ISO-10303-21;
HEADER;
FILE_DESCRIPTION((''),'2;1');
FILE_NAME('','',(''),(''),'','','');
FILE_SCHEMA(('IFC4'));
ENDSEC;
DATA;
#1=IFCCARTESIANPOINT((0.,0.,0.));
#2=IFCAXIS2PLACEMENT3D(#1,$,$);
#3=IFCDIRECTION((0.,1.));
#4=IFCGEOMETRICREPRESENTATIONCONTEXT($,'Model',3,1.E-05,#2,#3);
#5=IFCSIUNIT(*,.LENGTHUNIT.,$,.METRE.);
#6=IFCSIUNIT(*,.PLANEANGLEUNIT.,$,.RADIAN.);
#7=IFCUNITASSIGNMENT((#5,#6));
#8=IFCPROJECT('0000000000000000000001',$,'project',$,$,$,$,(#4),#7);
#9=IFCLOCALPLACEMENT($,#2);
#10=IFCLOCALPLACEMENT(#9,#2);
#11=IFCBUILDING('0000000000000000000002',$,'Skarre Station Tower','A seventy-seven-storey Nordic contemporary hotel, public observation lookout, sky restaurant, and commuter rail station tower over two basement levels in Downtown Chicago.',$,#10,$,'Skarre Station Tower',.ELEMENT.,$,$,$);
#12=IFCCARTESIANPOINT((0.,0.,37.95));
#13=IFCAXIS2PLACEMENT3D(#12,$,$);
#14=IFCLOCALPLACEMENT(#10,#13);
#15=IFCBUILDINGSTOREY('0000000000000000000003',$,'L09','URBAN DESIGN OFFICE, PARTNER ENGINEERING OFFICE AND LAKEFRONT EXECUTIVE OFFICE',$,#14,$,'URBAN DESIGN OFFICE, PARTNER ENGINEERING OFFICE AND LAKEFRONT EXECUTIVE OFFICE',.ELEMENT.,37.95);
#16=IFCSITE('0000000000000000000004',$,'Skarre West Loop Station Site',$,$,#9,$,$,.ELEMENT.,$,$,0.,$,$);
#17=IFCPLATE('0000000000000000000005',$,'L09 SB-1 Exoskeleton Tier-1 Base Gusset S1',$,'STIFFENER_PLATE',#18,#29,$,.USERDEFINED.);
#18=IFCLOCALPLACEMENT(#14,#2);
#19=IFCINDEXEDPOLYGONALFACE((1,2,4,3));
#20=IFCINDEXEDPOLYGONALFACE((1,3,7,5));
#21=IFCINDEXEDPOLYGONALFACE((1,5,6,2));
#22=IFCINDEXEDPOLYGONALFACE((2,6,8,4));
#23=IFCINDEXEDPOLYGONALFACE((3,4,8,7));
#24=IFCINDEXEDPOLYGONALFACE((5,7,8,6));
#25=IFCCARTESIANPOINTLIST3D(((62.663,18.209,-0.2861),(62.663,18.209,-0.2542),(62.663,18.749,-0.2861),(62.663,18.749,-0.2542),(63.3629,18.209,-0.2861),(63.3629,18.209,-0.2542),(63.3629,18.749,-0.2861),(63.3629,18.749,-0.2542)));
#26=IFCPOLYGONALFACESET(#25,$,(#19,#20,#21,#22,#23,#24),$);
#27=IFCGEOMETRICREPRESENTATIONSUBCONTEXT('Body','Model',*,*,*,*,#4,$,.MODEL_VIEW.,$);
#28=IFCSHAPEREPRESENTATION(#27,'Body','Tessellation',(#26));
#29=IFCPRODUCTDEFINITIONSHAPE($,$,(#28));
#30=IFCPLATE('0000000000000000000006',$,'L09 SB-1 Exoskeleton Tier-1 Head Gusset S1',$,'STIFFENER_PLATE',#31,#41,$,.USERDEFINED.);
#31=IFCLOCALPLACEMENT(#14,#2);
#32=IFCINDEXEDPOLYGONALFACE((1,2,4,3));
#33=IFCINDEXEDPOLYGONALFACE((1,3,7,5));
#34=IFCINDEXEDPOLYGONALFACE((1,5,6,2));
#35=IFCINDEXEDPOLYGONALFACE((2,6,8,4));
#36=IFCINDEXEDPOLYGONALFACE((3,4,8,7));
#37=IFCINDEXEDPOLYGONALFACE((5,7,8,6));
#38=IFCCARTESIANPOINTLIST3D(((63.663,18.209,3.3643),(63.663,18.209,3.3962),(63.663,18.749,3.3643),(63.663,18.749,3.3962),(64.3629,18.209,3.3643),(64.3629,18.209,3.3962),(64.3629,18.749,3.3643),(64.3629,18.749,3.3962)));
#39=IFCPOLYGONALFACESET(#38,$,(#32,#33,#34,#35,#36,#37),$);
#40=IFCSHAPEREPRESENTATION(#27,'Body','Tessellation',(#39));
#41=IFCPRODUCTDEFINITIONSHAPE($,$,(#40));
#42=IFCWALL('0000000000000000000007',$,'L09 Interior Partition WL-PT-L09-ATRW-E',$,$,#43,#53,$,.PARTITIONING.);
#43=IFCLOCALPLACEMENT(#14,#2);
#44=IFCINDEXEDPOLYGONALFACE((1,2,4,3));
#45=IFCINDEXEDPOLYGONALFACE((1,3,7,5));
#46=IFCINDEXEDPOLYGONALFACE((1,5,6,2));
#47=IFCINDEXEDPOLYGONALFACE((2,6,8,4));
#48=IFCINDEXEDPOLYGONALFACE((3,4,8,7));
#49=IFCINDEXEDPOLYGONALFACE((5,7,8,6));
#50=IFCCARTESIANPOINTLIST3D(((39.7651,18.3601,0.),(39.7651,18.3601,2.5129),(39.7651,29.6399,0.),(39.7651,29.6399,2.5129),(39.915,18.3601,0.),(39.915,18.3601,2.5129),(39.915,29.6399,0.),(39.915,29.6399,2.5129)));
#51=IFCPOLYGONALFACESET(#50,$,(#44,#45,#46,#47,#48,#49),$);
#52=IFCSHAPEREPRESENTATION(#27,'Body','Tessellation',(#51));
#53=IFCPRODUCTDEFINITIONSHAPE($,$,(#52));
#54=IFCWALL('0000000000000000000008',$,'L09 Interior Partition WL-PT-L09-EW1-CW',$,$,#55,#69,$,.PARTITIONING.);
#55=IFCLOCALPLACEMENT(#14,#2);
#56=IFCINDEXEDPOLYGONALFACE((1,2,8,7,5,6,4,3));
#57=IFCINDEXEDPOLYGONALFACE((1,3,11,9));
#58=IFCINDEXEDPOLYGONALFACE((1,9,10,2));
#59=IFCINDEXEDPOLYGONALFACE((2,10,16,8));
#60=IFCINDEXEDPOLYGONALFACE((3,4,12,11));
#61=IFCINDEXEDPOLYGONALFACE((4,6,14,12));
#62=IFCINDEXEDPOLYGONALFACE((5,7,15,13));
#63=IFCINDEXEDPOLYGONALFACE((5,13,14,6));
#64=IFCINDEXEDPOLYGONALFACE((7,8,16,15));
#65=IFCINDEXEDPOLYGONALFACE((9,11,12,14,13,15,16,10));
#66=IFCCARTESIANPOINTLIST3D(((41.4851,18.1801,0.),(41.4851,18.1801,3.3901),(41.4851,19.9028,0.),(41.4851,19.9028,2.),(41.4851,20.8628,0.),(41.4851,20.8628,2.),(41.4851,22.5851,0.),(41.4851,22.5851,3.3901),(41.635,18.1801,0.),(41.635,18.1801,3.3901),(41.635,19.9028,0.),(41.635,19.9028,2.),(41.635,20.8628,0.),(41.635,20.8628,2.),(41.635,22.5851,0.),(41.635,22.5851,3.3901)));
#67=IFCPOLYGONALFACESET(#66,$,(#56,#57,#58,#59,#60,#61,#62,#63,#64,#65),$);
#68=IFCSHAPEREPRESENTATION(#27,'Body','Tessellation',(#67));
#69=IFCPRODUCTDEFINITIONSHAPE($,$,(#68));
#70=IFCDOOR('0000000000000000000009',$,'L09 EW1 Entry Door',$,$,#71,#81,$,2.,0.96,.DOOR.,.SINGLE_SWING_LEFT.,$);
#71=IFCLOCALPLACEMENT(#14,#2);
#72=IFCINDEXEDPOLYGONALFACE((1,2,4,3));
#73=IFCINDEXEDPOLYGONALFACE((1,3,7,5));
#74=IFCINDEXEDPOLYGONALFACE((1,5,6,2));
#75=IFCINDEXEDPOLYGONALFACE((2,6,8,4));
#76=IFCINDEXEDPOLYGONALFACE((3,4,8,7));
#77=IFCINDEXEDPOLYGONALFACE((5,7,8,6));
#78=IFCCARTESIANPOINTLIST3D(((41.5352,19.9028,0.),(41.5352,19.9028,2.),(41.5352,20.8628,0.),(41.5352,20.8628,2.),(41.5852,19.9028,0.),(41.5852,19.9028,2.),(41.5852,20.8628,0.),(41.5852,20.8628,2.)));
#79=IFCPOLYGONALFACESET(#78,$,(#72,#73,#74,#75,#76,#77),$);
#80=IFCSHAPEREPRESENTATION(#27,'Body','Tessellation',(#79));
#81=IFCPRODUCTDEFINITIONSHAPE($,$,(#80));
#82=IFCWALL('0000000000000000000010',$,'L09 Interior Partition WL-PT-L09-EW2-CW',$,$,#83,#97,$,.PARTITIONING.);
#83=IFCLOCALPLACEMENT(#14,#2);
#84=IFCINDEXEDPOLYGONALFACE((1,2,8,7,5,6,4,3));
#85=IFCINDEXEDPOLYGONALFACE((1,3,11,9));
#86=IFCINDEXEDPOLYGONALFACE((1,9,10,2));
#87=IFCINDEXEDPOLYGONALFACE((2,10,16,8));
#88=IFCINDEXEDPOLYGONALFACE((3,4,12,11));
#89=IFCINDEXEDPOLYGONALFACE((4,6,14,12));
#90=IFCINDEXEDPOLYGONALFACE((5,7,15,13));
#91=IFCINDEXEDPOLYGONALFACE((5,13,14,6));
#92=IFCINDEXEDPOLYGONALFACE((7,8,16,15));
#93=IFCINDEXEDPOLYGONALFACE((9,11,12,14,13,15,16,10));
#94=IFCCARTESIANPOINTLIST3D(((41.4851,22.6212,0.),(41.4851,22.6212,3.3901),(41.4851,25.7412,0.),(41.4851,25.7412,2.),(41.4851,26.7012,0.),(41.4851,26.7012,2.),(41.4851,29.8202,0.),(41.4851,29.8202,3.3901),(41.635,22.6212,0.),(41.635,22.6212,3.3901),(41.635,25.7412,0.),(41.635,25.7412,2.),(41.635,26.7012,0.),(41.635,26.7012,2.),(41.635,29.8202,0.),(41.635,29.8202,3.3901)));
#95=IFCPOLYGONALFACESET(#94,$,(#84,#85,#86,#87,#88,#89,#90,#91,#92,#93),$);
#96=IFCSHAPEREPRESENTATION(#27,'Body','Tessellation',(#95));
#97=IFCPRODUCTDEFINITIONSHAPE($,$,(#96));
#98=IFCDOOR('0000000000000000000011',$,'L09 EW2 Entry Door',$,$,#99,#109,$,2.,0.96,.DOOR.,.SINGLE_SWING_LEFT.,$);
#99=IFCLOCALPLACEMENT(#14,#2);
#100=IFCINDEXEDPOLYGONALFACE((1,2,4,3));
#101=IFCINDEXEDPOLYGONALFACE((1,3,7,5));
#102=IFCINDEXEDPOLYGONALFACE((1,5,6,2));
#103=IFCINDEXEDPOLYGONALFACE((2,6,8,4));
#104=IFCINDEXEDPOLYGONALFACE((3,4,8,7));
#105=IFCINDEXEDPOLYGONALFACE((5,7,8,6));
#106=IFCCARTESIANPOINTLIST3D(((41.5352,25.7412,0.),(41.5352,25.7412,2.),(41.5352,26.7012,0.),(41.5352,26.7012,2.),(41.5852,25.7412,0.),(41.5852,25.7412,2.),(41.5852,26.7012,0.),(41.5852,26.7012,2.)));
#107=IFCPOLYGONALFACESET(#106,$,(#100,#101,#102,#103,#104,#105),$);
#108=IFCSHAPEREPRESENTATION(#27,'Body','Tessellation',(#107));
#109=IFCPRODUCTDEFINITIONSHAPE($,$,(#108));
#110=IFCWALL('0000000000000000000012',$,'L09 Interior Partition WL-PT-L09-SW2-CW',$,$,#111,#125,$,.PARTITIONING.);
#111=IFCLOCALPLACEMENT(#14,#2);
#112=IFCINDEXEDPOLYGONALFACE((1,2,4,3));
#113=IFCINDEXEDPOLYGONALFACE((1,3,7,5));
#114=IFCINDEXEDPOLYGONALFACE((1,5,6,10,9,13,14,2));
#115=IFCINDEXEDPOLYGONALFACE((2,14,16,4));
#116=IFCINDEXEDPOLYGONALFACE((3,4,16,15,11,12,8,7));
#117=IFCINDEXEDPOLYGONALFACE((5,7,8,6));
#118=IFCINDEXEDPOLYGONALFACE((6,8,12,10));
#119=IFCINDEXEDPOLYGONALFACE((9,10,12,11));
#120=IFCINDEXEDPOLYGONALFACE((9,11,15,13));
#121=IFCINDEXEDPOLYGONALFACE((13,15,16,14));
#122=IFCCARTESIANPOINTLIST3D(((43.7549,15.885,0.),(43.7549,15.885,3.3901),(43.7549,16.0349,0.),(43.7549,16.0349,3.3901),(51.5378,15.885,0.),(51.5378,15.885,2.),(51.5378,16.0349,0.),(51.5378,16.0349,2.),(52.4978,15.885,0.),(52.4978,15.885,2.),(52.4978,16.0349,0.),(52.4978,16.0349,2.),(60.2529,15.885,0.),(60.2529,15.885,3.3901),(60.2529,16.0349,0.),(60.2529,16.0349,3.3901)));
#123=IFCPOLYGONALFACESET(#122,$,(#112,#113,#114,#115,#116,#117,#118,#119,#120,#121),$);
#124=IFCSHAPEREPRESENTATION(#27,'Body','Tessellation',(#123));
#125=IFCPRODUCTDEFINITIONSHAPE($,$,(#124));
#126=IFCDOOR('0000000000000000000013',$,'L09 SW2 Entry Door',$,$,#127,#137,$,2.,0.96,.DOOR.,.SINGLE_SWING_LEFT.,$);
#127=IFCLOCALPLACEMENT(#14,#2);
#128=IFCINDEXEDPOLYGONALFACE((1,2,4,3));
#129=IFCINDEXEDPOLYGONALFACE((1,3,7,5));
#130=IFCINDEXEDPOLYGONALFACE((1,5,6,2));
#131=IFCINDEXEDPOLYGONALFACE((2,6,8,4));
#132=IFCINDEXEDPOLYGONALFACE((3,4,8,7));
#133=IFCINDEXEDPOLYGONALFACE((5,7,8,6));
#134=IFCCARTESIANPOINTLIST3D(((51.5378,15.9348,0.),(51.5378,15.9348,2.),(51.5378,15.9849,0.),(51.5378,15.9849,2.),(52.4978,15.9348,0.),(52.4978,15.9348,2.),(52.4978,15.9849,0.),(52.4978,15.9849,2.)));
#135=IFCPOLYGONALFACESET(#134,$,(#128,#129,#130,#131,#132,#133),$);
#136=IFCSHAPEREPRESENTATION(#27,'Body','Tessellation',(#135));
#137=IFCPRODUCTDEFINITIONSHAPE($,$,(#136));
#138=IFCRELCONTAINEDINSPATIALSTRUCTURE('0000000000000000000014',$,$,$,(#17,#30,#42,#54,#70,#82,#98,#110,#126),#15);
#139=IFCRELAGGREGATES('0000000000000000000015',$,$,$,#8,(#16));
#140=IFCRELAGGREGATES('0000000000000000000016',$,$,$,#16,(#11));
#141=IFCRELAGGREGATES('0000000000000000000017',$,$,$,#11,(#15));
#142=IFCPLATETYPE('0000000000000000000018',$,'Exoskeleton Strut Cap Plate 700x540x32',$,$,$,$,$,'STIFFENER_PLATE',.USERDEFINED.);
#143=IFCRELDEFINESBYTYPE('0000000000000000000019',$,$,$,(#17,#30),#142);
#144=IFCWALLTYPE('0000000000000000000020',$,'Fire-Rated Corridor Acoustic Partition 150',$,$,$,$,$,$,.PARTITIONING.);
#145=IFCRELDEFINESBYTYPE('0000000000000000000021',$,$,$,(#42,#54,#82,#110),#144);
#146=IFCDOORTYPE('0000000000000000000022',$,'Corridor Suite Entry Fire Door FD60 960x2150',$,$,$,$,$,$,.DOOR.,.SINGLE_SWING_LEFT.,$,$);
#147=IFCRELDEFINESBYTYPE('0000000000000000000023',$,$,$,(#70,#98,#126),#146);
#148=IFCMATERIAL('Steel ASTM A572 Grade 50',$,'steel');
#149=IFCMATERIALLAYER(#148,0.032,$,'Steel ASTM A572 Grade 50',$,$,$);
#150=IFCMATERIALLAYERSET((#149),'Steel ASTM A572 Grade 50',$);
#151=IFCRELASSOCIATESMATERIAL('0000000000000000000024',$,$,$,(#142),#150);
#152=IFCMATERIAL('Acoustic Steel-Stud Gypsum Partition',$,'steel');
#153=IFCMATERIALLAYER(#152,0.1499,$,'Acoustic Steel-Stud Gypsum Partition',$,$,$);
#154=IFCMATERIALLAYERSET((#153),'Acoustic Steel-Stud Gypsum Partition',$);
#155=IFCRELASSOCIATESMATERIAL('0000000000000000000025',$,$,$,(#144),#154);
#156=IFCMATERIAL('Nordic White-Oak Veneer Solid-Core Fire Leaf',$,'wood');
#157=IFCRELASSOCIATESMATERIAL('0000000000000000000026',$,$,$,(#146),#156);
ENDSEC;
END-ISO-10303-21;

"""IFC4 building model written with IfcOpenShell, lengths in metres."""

from ifc_helpers import new_model, si_unit, direction, frame, frame_2d, origin, origin_2d, place, context, subcontext, project, spatial, rectangle, extrude, material, layer, layer_set, type_object, element, fill, save


model = new_model("IFC4")

# Units and contexts
model_context = context("Model", 3, precision=1e-05, world=origin(), true_north=direction((0.0, 1.0)))
body_context = subcontext(model_context, "Body", "Model", "MODEL_VIEW")
ifc_project = project(units=[si_unit("LENGTHUNIT", "METRE"), si_unit("PLANEANGLEUNIT", "RADIAN")], contexts=[model_context])

# Site, building, storey
site_placement = place(None, origin())
site = spatial("IfcSite", under=ifc_project, at=site_placement, Name="Skarre West Loop Station Site", CompositionType="ELEMENT", RefElevation=0.0)
building_placement = place(site_placement, origin())
building = spatial("IfcBuilding", under=site, at=building_placement, Name="Skarre Station Tower", Description="A seventy-seven-storey Nordic contemporary hotel, public observation lookout, sky restaurant, and commuter rail station tower over two basement levels in Downtown Chicago.", LongName="Skarre Station Tower", CompositionType="ELEMENT")
storey_placement = place(building_placement, frame((0.0, 0.0, 37.95)))
storey = spatial("IfcBuildingStorey", under=building, at=storey_placement, Name="L09", Description="URBAN DESIGN OFFICE, PARTNER ENGINEERING OFFICE AND LAKEFRONT EXECUTIVE OFFICE", LongName="URBAN DESIGN OFFICE, PARTNER ENGINEERING OFFICE AND LAKEFRONT EXECUTIVE OFFICE", CompositionType="ELEMENT", Elevation=37.95)

# Plates
ifc_material_1 = material(Name="Steel ASTM A572 Grade 50", Category="steel")
ifc_layer_1 = layer(ifc_material_1, 0.032, Name="Steel ASTM A572 Grade 50")
ifc_layer_set_1 = layer_set([ifc_layer_1], Name="Steel ASTM A572 Grade 50")
plate_type = type_object("IfcPlateType", Name="Exoskeleton Strut Cap Plate 700x540x32", ElementType="STIFFENER_PLATE", PredefinedType="USERDEFINED", material=ifc_layer_set_1)
for number, where, z_axis, x_axis, name in (
    (1, (63.0129, 18.479, -0.2861), (0.0, 0.0, 1.0), (1.0, 0.0, 0.0), "L09 SB-1 Exoskeleton Tier-1 Base Gusset S1"),
    (2, (64.0129, 18.479, 3.3643), (0.0, 0.0, 1.0), (1.0, 0.0, 0.0), "L09 SB-1 Exoskeleton Tier-1 Head Gusset S1"),
):
    element("IfcPlate", number, at=place(storey_placement, frame(where, z_axis=z_axis, x_axis=x_axis)), inside=storey, type_object=plate_type, Name=name, ObjectType="STIFFENER_PLATE", PredefinedType="USERDEFINED", context=body_context, shape_type="SweptSolid", body=[
        extrude(rectangle(XDim=0.7, YDim=0.54, at=origin_2d()), origin(), (0.0, 0.0, 1.0), 0.032),
    ])

# Wall
ifc_material_2 = material(Name="Acoustic Steel-Stud Gypsum Partition", Category="steel")
ifc_layer_2 = layer(ifc_material_2, 0.1499, Name="Acoustic Steel-Stud Gypsum Partition")
ifc_layer_set_2 = layer_set([ifc_layer_2], Name="Acoustic Steel-Stud Gypsum Partition")
wall_type_1 = type_object("IfcWallType", Name="Fire-Rated Corridor Acoustic Partition 150", PredefinedType="PARTITIONING", material=ifc_layer_set_2)
wall_1_placement = place(storey_placement, frame((39.8401, 18.3601, 0.0), z_axis=(0.0, 0.0, 1.0), x_axis=(0.0, 1.0, 0.0)))
element("IfcWall", 3, at=wall_1_placement, inside=storey, type_object=wall_type_1, Name="L09 Interior Partition WL-PT-L09-ATRW-E", PredefinedType="PARTITIONING", context=body_context, shape_type="SweptSolid", body=[
    extrude(rectangle(XDim=11.2798, YDim=0.1499, at=frame_2d((5.6399, 0.0))), origin(), (0.0, 0.0, 1.0), 2.5129),
])

# Walls, openings, doors
wall_2_placement = place(storey_placement, frame((41.5601, 18.1799, 0.0), z_axis=(0.0, 0.0, 1.0), x_axis=(0.0, 1.0, 0.0)))
wall_2 = element("IfcWall", 4, at=wall_2_placement, inside=storey, type_object=wall_type_1, Name="L09 Interior Partition WL-PT-L09-EW1-CW", PredefinedType="PARTITIONING", context=body_context, shape_type="SweptSolid", body=[
    extrude(rectangle(XDim=4.405, YDim=0.1499, at=frame_2d((2.2026, 0.0))), origin(), (0.0, 0.0, 1.0), 3.3901),
])
opening_1_placement = place(wall_2_placement, frame((1.7229, 0.0, 0.0)))
opening_1 = element("IfcOpeningElement", 5, at=opening_1_placement, cuts=wall_2, PredefinedType="OPENING", context=body_context, shape_type="SweptSolid", body=[
    extrude(rectangle(XDim=0.96, YDim=2.0, at=frame_2d((0.48, 1.0))), frame((0.0, 0.085, 0.0), z_axis=(0.0, -1.0, 0.0), x_axis=(1.0, 0.0, 0.0)), (0.0, 0.0, 1.0), 0.1699),
])
ifc_material_3 = material(Name="Nordic White-Oak Veneer Solid-Core Fire Leaf", Category="wood")
door_type = type_object("IfcDoorType", Name="Corridor Suite Entry Fire Door FD60 960x2150", OperationType="SINGLE_SWING_LEFT", PredefinedType="DOOR", material=ifc_material_3)
door_1_placement = place(opening_1_placement, origin())
door_1 = element("IfcDoor", 6, at=door_1_placement, inside=storey, type_object=door_type, Name="L09 EW1 Entry Door", OperationType="SINGLE_SWING_LEFT", OverallHeight=2.0, OverallWidth=0.96, PredefinedType="DOOR", context=body_context, shape_type="SweptSolid", body=[
    extrude(rectangle(XDim=0.96, YDim=2.0, at=frame_2d((0.48, 1.0))), frame((0.0, 0.0249, 0.0), z_axis=(0.0, -1.0, 0.0), x_axis=(1.0, 0.0, 0.0)), (0.0, 0.0, 1.0), 0.05),
])
fill(opening_1, door_1)
wall_3_placement = place(storey_placement, frame((41.5601, 22.6211, 0.0), z_axis=(0.0, 0.0, 1.0), x_axis=(0.0, 1.0, 0.0)))
wall_3 = element("IfcWall", 7, at=wall_3_placement, inside=storey, type_object=wall_type_1, Name="L09 Interior Partition WL-PT-L09-EW2-CW", PredefinedType="PARTITIONING", context=body_context, shape_type="SweptSolid", body=[
    extrude(rectangle(XDim=7.199, YDim=0.1499, at=frame_2d((3.5996, 0.0))), origin(), (0.0, 0.0, 1.0), 3.3901),
])
opening_2_placement = place(wall_3_placement, frame((3.1201, 0.0, 0.0)))
opening_2 = element("IfcOpeningElement", 8, at=opening_2_placement, cuts=wall_3, PredefinedType="OPENING", context=body_context, shape_type="SweptSolid", body=[
    extrude(rectangle(XDim=0.96, YDim=2.0, at=frame_2d((0.48, 1.0))), frame((0.0, 0.085, 0.0), z_axis=(0.0, -1.0, 0.0), x_axis=(1.0, 0.0, 0.0)), (0.0, 0.0, 1.0), 0.1699),
])
door_2_placement = place(opening_2_placement, origin())
door_2 = element("IfcDoor", 9, at=door_2_placement, inside=storey, type_object=door_type, Name="L09 EW2 Entry Door", OperationType="SINGLE_SWING_LEFT", OverallHeight=2.0, OverallWidth=0.96, PredefinedType="DOOR", context=body_context, shape_type="SweptSolid", body=[
    extrude(rectangle(XDim=0.96, YDim=2.0, at=frame_2d((0.48, 1.0))), frame((0.0, 0.0249, 0.0), z_axis=(0.0, -1.0, 0.0), x_axis=(1.0, 0.0, 0.0)), (0.0, 0.0, 1.0), 0.05),
])
fill(opening_2, door_2)
wall_4_placement = place(storey_placement, frame((43.7549, 15.96, 0.0), z_axis=(0.0, 0.0, 1.0), x_axis=(1.0, 0.0, 0.0)))
wall_4 = element("IfcWall", 10, at=wall_4_placement, inside=storey, type_object=wall_type_1, Name="L09 Interior Partition WL-PT-L09-SW2-CW", PredefinedType="PARTITIONING", context=body_context, shape_type="SweptSolid", body=[
    extrude(rectangle(XDim=16.498, YDim=0.1499, at=frame_2d((8.249, 0.0))), origin(), (0.0, 0.0, 1.0), 3.3901),
])
opening_3_placement = place(wall_4_placement, frame((7.783, 0.0, 0.0)))
opening_3 = element("IfcOpeningElement", 11, at=opening_3_placement, cuts=wall_4, PredefinedType="OPENING", context=body_context, shape_type="SweptSolid", body=[
    extrude(rectangle(XDim=0.96, YDim=2.0, at=frame_2d((0.48, 1.0))), frame((0.0, 0.085, 0.0), z_axis=(0.0, -1.0, 0.0), x_axis=(1.0, 0.0, 0.0)), (0.0, 0.0, 1.0), 0.1699),
])
door_3_placement = place(opening_3_placement, origin())
door_3 = element("IfcDoor", 12, at=door_3_placement, inside=storey, type_object=door_type, Name="L09 SW2 Entry Door", OperationType="SINGLE_SWING_LEFT", OverallHeight=2.0, OverallWidth=0.96, PredefinedType="DOOR", context=body_context, shape_type="SweptSolid", body=[
    extrude(rectangle(XDim=0.96, YDim=2.0, at=frame_2d((0.48, 1.0))), frame((0.0, 0.0249, 0.0), z_axis=(0.0, -1.0, 0.0), x_axis=(1.0, 0.0, 0.0)), (0.0, 0.0, 1.0), 0.05),
])
fill(opening_3, door_3)

save(model, "model.ifc")
